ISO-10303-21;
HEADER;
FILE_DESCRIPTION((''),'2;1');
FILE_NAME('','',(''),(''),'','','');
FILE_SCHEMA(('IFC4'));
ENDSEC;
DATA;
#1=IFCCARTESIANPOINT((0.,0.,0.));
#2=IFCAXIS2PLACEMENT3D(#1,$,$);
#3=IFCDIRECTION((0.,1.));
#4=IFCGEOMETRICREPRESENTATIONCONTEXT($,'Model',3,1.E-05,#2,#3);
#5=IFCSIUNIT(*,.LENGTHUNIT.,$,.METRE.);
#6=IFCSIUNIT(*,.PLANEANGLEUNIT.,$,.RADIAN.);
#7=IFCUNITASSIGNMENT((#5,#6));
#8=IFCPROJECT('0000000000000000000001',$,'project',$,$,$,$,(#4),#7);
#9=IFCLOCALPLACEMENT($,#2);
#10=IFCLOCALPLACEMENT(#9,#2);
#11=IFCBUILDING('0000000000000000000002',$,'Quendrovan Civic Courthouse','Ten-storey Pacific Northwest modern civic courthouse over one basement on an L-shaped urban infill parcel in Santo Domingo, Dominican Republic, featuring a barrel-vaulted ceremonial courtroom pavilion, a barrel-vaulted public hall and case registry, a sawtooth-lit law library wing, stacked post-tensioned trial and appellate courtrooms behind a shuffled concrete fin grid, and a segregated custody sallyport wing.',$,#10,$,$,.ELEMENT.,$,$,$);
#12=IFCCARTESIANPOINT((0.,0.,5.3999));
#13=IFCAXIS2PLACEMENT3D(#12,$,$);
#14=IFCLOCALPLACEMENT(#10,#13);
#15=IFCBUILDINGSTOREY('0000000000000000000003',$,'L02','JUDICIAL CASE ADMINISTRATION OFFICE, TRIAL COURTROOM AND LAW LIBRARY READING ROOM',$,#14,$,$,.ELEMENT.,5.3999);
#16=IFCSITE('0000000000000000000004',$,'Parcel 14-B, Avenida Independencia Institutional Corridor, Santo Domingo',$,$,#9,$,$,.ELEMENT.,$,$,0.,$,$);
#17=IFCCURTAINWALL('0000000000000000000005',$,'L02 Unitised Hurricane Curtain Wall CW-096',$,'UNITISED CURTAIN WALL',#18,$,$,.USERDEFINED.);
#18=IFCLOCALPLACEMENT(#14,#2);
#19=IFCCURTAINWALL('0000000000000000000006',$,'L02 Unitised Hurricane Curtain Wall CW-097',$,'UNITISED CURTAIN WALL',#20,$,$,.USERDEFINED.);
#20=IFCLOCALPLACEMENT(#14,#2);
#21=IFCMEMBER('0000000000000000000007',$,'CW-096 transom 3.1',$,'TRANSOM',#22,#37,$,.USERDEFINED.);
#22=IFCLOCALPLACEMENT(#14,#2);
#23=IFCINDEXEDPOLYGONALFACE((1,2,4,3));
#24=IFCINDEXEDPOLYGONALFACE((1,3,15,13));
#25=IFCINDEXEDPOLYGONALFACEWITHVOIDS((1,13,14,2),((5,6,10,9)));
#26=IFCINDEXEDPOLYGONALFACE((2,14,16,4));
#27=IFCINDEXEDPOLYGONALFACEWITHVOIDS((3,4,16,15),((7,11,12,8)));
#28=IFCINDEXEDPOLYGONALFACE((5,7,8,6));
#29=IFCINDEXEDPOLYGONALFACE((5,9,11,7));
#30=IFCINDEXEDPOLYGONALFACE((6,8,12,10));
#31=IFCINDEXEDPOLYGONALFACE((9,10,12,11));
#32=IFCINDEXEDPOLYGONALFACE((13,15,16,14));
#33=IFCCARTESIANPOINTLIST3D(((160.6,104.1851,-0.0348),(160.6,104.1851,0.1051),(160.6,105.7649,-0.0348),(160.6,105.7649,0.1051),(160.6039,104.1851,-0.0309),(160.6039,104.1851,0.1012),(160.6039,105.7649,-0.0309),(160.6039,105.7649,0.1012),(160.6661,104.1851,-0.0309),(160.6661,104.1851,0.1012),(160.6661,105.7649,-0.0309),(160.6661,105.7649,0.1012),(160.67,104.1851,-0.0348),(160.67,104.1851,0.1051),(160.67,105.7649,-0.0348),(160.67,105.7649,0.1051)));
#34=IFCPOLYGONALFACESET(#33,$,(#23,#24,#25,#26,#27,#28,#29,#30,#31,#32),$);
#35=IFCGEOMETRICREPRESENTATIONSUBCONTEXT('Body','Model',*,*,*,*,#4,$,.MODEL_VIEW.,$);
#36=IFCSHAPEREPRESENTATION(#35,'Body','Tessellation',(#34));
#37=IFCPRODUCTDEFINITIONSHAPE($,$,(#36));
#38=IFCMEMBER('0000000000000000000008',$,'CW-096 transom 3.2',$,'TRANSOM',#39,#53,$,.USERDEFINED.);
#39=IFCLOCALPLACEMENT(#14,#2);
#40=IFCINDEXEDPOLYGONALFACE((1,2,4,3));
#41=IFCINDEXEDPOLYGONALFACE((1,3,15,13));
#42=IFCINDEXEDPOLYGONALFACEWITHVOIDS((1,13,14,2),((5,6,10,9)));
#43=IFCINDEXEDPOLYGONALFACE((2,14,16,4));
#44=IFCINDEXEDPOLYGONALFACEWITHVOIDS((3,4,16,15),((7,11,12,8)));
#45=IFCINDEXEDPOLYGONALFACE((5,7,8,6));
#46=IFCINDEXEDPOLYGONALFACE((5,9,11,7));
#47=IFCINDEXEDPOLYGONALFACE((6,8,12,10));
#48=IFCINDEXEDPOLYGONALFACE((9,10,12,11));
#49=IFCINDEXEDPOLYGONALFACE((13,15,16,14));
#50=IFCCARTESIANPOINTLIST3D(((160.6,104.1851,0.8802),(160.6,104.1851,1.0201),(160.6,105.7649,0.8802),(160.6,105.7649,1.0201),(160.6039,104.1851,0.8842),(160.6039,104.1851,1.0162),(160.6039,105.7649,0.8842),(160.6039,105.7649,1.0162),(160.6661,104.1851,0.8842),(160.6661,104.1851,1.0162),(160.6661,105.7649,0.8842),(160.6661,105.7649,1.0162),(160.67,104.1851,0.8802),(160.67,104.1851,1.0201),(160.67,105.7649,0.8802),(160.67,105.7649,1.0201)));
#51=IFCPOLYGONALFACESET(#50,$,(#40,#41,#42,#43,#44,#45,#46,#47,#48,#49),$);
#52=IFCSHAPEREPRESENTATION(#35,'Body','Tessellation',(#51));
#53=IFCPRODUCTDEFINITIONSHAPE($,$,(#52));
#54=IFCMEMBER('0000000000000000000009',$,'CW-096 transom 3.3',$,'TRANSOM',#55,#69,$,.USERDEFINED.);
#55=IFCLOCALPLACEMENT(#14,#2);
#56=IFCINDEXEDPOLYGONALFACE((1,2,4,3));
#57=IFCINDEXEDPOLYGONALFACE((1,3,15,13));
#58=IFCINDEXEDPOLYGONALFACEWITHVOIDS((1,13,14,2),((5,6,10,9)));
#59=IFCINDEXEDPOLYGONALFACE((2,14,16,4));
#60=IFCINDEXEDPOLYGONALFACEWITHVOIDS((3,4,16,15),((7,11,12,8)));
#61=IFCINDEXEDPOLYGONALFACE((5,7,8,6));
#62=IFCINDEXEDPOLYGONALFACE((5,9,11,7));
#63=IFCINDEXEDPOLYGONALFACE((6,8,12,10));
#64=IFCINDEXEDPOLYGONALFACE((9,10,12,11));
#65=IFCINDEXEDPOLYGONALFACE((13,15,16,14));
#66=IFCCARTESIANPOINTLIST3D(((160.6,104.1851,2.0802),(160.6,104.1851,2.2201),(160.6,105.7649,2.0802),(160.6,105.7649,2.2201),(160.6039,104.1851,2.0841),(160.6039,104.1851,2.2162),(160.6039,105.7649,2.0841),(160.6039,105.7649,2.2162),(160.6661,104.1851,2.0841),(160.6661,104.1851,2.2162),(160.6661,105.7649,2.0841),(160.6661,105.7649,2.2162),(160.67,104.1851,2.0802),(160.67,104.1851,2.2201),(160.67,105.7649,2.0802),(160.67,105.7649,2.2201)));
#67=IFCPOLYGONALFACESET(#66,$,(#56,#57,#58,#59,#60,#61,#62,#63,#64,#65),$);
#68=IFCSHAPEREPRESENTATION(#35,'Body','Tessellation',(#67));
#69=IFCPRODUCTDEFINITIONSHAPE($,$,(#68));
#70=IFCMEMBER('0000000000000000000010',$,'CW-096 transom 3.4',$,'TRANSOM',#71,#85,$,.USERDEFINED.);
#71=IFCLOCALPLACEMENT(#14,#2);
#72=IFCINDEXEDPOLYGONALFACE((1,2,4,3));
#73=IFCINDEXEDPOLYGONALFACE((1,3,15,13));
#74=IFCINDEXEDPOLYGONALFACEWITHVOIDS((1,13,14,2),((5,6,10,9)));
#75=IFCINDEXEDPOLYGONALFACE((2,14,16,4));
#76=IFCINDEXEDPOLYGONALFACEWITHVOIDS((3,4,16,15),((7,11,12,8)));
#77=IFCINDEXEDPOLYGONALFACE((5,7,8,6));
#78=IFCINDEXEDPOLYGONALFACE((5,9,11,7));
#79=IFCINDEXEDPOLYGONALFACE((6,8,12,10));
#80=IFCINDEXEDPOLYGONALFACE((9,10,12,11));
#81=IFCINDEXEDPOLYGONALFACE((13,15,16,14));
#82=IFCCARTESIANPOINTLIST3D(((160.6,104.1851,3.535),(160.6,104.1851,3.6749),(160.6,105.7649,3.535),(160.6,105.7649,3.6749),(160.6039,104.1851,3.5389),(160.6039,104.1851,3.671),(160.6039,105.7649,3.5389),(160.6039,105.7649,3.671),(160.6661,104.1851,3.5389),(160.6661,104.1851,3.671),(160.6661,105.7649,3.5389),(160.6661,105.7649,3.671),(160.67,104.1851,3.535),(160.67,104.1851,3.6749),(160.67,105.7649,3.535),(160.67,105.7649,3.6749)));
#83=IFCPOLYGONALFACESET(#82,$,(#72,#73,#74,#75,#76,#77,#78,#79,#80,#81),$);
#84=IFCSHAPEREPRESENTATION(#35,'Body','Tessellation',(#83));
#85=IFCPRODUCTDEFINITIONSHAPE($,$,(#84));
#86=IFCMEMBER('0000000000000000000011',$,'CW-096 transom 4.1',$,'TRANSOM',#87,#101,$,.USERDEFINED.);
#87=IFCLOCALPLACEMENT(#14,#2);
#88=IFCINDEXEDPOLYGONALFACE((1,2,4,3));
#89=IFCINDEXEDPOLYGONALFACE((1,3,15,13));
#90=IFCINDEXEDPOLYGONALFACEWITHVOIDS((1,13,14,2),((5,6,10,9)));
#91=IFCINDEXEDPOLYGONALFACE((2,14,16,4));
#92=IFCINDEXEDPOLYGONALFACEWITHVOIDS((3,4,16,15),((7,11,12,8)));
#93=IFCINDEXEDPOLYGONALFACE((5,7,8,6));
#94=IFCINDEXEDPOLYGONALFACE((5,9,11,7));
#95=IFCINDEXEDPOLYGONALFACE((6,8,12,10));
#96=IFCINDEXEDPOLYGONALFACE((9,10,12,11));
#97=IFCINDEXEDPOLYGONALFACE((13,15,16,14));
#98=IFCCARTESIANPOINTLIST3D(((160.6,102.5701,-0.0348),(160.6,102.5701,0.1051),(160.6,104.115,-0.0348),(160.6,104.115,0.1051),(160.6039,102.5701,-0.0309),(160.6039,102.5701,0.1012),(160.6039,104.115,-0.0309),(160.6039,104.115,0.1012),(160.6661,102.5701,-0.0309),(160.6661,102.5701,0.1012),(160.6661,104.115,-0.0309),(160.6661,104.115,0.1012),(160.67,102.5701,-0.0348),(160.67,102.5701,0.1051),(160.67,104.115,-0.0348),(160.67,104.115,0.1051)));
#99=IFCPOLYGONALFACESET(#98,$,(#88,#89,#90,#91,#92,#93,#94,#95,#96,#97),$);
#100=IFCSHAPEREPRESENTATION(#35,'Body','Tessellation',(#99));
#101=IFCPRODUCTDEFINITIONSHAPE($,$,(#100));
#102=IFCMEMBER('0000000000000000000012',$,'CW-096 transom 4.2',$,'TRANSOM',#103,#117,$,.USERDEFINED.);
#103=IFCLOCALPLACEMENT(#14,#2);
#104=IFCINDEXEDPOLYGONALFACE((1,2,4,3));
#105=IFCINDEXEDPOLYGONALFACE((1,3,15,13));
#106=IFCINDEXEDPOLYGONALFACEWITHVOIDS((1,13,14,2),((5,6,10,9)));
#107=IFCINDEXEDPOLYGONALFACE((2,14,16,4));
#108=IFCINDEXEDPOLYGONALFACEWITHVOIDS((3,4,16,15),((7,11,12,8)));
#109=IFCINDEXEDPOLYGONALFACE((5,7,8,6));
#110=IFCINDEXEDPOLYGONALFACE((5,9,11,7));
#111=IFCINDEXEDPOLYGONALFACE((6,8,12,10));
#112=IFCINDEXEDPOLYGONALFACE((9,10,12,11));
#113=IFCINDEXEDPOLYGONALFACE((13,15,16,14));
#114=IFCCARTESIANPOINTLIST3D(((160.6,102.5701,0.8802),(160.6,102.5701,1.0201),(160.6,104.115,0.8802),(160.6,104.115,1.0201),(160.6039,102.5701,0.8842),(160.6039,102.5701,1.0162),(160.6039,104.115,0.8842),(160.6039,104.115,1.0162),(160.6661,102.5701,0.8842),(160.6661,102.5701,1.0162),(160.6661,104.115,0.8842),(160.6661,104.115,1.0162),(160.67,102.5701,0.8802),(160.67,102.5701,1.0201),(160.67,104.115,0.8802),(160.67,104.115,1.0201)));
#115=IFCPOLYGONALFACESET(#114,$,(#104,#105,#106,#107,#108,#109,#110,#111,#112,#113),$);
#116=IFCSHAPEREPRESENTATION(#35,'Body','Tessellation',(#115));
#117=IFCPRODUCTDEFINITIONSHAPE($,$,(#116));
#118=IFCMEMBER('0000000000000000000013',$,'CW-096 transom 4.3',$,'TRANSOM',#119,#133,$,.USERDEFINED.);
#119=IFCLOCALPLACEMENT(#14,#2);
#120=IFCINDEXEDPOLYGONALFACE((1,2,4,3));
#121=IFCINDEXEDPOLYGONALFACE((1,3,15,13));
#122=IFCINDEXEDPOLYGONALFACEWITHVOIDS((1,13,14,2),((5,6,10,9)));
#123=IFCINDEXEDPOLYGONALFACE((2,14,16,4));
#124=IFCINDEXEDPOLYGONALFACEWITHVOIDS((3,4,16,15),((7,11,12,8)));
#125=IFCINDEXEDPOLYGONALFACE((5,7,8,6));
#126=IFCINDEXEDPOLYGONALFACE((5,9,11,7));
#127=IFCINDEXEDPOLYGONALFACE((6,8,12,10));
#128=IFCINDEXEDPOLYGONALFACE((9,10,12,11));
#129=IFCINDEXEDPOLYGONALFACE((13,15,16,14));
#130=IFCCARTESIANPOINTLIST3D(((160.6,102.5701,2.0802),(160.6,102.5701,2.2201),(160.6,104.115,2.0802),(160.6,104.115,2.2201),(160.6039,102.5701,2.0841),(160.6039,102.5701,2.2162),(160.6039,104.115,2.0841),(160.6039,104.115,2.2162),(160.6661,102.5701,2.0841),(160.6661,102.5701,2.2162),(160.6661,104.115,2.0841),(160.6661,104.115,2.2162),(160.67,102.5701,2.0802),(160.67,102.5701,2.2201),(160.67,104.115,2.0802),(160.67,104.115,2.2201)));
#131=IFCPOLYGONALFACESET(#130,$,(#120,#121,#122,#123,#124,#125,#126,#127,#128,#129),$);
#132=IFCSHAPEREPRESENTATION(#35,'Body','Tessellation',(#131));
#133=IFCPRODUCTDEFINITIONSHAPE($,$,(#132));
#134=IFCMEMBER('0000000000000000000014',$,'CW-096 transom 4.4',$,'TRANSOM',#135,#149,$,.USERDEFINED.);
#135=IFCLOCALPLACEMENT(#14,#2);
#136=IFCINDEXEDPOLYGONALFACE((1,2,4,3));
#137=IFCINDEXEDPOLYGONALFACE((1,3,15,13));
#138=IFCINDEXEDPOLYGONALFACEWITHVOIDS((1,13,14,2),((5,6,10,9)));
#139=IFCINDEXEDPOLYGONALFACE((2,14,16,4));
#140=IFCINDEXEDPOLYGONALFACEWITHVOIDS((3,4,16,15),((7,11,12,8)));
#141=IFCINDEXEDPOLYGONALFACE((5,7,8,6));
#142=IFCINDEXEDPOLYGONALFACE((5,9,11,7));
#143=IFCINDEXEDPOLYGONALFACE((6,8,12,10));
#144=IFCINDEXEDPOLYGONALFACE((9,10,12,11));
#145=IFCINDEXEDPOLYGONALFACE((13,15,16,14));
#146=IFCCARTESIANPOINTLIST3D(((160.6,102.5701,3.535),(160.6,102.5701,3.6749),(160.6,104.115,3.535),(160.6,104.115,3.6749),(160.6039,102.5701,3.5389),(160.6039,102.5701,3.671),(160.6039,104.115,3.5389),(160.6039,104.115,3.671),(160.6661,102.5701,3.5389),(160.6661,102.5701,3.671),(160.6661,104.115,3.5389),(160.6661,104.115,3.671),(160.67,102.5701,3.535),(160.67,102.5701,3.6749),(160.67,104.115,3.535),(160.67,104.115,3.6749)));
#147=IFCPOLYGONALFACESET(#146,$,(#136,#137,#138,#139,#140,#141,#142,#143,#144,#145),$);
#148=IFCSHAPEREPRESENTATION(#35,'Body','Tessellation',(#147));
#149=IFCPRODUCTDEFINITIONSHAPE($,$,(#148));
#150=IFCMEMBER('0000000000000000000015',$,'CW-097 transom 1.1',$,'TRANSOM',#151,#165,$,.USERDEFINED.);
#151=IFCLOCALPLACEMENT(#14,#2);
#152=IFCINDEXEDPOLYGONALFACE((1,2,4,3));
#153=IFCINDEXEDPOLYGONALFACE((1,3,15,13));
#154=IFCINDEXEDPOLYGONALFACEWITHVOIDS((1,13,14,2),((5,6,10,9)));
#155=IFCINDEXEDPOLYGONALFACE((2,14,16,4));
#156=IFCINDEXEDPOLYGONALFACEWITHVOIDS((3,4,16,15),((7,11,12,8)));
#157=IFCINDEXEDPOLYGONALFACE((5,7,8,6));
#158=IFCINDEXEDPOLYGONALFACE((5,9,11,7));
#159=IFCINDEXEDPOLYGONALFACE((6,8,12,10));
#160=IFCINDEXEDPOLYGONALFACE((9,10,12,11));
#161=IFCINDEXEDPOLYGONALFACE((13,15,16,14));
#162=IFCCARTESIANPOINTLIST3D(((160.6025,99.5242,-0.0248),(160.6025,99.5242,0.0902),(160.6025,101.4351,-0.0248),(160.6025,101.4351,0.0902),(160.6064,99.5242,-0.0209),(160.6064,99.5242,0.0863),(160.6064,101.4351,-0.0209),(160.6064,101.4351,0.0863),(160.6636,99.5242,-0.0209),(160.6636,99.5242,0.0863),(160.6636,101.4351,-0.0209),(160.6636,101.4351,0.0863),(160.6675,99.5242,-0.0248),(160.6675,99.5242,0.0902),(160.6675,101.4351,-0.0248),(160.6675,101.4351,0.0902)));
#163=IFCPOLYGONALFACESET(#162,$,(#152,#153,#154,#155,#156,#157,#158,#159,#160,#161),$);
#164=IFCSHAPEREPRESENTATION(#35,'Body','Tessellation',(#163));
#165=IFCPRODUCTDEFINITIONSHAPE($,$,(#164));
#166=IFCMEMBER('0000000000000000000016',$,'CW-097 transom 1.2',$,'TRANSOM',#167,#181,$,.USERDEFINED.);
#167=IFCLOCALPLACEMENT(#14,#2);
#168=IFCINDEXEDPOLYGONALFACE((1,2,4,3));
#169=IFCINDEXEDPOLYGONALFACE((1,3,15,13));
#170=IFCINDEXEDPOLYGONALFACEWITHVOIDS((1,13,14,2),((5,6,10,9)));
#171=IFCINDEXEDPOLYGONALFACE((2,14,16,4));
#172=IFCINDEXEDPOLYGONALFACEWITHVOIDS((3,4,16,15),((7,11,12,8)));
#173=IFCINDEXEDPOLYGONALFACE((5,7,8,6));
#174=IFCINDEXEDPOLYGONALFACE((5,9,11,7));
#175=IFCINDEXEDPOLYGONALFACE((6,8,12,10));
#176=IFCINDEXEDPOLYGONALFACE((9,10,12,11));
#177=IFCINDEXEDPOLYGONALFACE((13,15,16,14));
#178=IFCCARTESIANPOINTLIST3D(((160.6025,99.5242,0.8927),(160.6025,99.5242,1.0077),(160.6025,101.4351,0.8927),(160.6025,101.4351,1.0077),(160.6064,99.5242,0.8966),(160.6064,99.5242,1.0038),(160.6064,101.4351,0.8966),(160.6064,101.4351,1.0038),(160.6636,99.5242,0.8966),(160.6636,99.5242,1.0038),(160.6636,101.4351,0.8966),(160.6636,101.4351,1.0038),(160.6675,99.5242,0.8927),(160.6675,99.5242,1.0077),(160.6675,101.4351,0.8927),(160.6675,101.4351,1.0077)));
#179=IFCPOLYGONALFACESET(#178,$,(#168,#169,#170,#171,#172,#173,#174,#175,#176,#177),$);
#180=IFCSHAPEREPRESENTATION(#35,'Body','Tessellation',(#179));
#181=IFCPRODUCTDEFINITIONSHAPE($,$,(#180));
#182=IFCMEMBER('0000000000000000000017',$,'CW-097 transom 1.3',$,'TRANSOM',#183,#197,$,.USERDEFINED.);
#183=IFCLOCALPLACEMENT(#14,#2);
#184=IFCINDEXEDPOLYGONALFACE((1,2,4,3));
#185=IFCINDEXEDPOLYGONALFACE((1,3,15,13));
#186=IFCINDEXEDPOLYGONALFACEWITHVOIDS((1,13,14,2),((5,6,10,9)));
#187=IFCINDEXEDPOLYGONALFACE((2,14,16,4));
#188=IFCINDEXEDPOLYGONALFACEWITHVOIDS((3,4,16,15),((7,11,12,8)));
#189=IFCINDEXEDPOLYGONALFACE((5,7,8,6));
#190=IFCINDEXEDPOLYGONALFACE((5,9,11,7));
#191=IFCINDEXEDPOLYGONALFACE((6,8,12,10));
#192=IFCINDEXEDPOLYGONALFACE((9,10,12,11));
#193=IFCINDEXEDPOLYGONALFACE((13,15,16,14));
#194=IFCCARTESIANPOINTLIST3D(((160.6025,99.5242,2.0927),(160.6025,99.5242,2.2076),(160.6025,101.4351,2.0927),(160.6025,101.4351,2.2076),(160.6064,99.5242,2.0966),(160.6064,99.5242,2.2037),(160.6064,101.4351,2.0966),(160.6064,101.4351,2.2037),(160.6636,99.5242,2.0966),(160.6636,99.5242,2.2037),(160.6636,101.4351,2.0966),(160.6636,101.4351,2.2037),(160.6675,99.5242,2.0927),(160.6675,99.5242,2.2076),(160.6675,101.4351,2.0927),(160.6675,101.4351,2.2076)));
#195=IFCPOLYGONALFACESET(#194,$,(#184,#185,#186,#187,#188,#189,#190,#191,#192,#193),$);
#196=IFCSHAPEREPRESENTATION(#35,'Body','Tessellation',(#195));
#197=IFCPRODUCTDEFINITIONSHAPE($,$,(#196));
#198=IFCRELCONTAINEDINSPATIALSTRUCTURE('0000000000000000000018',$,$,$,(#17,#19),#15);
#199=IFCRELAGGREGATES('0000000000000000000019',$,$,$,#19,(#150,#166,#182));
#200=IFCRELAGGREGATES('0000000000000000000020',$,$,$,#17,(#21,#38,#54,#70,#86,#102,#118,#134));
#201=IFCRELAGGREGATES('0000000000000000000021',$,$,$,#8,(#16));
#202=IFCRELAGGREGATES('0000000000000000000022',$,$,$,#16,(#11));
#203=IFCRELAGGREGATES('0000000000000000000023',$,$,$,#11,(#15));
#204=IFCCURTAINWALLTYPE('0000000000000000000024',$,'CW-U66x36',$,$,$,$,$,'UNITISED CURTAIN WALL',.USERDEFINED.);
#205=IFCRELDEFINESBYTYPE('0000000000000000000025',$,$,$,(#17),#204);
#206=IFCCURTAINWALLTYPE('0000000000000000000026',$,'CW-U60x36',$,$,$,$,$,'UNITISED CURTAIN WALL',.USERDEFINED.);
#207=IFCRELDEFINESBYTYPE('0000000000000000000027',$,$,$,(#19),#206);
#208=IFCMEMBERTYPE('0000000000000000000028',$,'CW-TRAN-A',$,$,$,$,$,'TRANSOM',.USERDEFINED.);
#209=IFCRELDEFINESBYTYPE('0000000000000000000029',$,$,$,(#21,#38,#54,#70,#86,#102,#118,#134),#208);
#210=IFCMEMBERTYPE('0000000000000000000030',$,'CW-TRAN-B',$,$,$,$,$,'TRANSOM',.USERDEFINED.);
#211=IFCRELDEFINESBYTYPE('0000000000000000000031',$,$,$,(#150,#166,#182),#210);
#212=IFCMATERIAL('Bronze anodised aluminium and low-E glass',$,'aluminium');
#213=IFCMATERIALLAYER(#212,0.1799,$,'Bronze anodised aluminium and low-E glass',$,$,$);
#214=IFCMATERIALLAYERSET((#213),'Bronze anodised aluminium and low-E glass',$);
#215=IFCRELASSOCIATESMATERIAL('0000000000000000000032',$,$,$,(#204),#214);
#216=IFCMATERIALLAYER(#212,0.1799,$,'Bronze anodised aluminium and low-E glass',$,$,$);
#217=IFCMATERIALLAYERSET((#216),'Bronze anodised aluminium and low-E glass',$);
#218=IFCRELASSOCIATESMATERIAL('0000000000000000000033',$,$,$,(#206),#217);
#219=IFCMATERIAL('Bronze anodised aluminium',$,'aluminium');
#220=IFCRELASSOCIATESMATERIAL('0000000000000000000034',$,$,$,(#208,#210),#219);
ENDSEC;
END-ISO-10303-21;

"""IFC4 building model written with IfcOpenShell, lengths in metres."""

from ifc_helpers import new_model, si_unit, direction, frame, origin, origin_2d, place, context, subcontext, project, spatial, hollow_rectangle, extrude, material, layer, layer_set, material_profile, profile_set, type_object, element, aggregate, save


model = new_model("IFC4")

# Units and contexts
model_context = context("Model", 3, precision=1e-05, world=origin(), true_north=direction((0.0, 1.0)))
body_context = subcontext(model_context, "Body", "Model", "MODEL_VIEW")
ifc_project = project(units=[si_unit("LENGTHUNIT", "METRE"), si_unit("PLANEANGLEUNIT", "RADIAN")], contexts=[model_context])

# Site, building, storey
site_placement = place(None, origin())
site = spatial("IfcSite", under=ifc_project, at=site_placement, Name="Parcel 14-B, Avenida Independencia Institutional Corridor, Santo Domingo", CompositionType="ELEMENT", RefElevation=0.0)
building_placement = place(site_placement, origin())
building = spatial("IfcBuilding", under=site, at=building_placement, Name="Quendrovan Civic Courthouse", Description="Ten-storey Pacific Northwest modern civic courthouse over one basement on an L-shaped urban infill parcel in Santo Domingo, Dominican Republic, featuring a barrel-vaulted ceremonial courtroom pavilion, a barrel-vaulted public hall and case registry, a sawtooth-lit law library wing, stacked post-tensioned trial and appellate courtrooms behind a shuffled concrete fin grid, and a segregated custody sallyport wing.", CompositionType="ELEMENT")
storey_placement = place(building_placement, frame((0.0, 0.0, 5.3999)))
storey = spatial("IfcBuildingStorey", under=building, at=storey_placement, Name="L02", Description="JUDICIAL CASE ADMINISTRATION OFFICE, TRIAL COURTROOM AND LAW LIBRARY READING ROOM", CompositionType="ELEMENT", Elevation=5.3999)

# Curtain wall
ifc_material_1 = material(Name="Bronze anodised aluminium and low-E glass", Category="aluminium")
ifc_layer_1 = layer(ifc_material_1, 0.1799, Name="Bronze anodised aluminium and low-E glass")
ifc_layer_set_1 = layer_set([ifc_layer_1], Name="Bronze anodised aluminium and low-E glass")
curtain_wall_type_1 = type_object("IfcCurtainWallType", Name="CW-U66x36", ElementType="UNITISED CURTAIN WALL", PredefinedType="USERDEFINED", material=ifc_layer_set_1)
curtain_wall_1_placement = place(storey_placement, origin())
curtain_wall_1 = element("IfcCurtainWall", 1, at=curtain_wall_1_placement, inside=storey, type_object=curtain_wall_type_1, Name="L02 Unitised Hurricane Curtain Wall CW-096", ObjectType="UNITISED CURTAIN WALL", PredefinedType="USERDEFINED")
ifc_material_2 = material(Name="Bronze anodised aluminium", Category="aluminium")

# Curtain wall
ifc_layer_2 = layer(ifc_material_1, 0.1799, Name="Bronze anodised aluminium and low-E glass")
ifc_layer_set_2 = layer_set([ifc_layer_2], Name="Bronze anodised aluminium and low-E glass")
curtain_wall_type_2 = type_object("IfcCurtainWallType", Name="CW-U60x36", ElementType="UNITISED CURTAIN WALL", PredefinedType="USERDEFINED", material=ifc_layer_set_2)
curtain_wall_2_placement = place(storey_placement, origin())
curtain_wall_2 = element("IfcCurtainWall", 2, at=curtain_wall_2_placement, inside=storey, type_object=curtain_wall_type_2, Name="L02 Unitised Hurricane Curtain Wall CW-097", ObjectType="UNITISED CURTAIN WALL", PredefinedType="USERDEFINED")

# Members
ifc_material_profile_1 = material_profile(ifc_material_2, hollow_rectangle(XDim=0.0701, YDim=0.1399, WallThickness=0.0039, at=origin_2d()), Name="CW-TRAN-70x140")
ifc_profile_set_1 = profile_set([ifc_material_profile_1], Name="Bronze anodised aluminium")
member_type_1 = type_object("IfcMemberType", Name="CW-TRAN-A", ElementType="TRANSOM", PredefinedType="USERDEFINED", material=ifc_profile_set_1)
member_1_placement = place(storey_placement, frame((160.635, 105.7649, 0.0352), z_axis=(0.0, -1.0, 0.0), x_axis=(1.0, 0.0, 0.0)))
member_1 = element("IfcMember", 3, at=member_1_placement, type_object=member_type_1, Name="CW-096 transom 3.1", ObjectType="TRANSOM", PredefinedType="USERDEFINED", context=body_context, shape_type="SweptSolid", body=[
    extrude(hollow_rectangle(XDim=0.0701, YDim=0.1399, WallThickness=0.0039, at=origin_2d()), origin(), (0.0, 0.0, 1.0), 1.5798),
])
member_2_placement = place(storey_placement, frame((160.635, 105.7649, 0.9502), z_axis=(0.0, -1.0, 0.0), x_axis=(1.0, 0.0, 0.0)))
member_2 = element("IfcMember", 4, at=member_2_placement, type_object=member_type_1, Name="CW-096 transom 3.2", ObjectType="TRANSOM", PredefinedType="USERDEFINED", context=body_context, shape_type="SweptSolid", body=[
    extrude(hollow_rectangle(XDim=0.0701, YDim=0.1399, WallThickness=0.0039, at=origin_2d()), origin(), (0.0, 0.0, 1.0), 1.5798),
])
member_3_placement = place(storey_placement, frame((160.635, 105.7649, 2.1501), z_axis=(0.0, -1.0, 0.0), x_axis=(1.0, 0.0, 0.0)))
member_3 = element("IfcMember", 5, at=member_3_placement, type_object=member_type_1, Name="CW-096 transom 3.3", ObjectType="TRANSOM", PredefinedType="USERDEFINED", context=body_context, shape_type="SweptSolid", body=[
    extrude(hollow_rectangle(XDim=0.0701, YDim=0.1399, WallThickness=0.0039, at=origin_2d()), origin(), (0.0, 0.0, 1.0), 1.5798),
])
member_4_placement = place(storey_placement, frame((160.635, 105.7649, 3.605), z_axis=(0.0, -1.0, 0.0), x_axis=(1.0, 0.0, 0.0)))
member_4 = element("IfcMember", 6, at=member_4_placement, type_object=member_type_1, Name="CW-096 transom 3.4", ObjectType="TRANSOM", PredefinedType="USERDEFINED", context=body_context, shape_type="SweptSolid", body=[
    extrude(hollow_rectangle(XDim=0.0701, YDim=0.1399, WallThickness=0.0039, at=origin_2d()), origin(), (0.0, 0.0, 1.0), 1.5798),
])
member_5_placement = place(storey_placement, frame((160.635, 104.115, 0.0352), z_axis=(0.0, -1.0, 0.0), x_axis=(1.0, 0.0, 0.0)))
member_5 = element("IfcMember", 7, at=member_5_placement, type_object=member_type_1, Name="CW-096 transom 4.1", ObjectType="TRANSOM", PredefinedType="USERDEFINED", context=body_context, shape_type="SweptSolid", body=[
    extrude(hollow_rectangle(XDim=0.0701, YDim=0.1399, WallThickness=0.0039, at=origin_2d()), origin(), (0.0, 0.0, 1.0), 1.5449),
])
member_6_placement = place(storey_placement, frame((160.635, 104.115, 0.9502), z_axis=(0.0, -1.0, 0.0), x_axis=(1.0, 0.0, 0.0)))
member_6 = element("IfcMember", 8, at=member_6_placement, type_object=member_type_1, Name="CW-096 transom 4.2", ObjectType="TRANSOM", PredefinedType="USERDEFINED", context=body_context, shape_type="SweptSolid", body=[
    extrude(hollow_rectangle(XDim=0.0701, YDim=0.1399, WallThickness=0.0039, at=origin_2d()), origin(), (0.0, 0.0, 1.0), 1.5449),
])
member_7_placement = place(storey_placement, frame((160.635, 104.115, 2.1501), z_axis=(0.0, -1.0, 0.0), x_axis=(1.0, 0.0, 0.0)))
member_7 = element("IfcMember", 9, at=member_7_placement, type_object=member_type_1, Name="CW-096 transom 4.3", ObjectType="TRANSOM", PredefinedType="USERDEFINED", context=body_context, shape_type="SweptSolid", body=[
    extrude(hollow_rectangle(XDim=0.0701, YDim=0.1399, WallThickness=0.0039, at=origin_2d()), origin(), (0.0, 0.0, 1.0), 1.5449),
])
member_8_placement = place(storey_placement, frame((160.635, 104.115, 3.605), z_axis=(0.0, -1.0, 0.0), x_axis=(1.0, 0.0, 0.0)))
member_8 = element("IfcMember", 10, at=member_8_placement, type_object=member_type_1, Name="CW-096 transom 4.4", ObjectType="TRANSOM", PredefinedType="USERDEFINED", context=body_context, shape_type="SweptSolid", body=[
    extrude(hollow_rectangle(XDim=0.0701, YDim=0.1399, WallThickness=0.0039, at=origin_2d()), origin(), (0.0, 0.0, 1.0), 1.5449),
])
ifc_material_profile_2 = material_profile(ifc_material_2, hollow_rectangle(XDim=0.0649, YDim=0.115, WallThickness=0.0039, at=origin_2d()), Name="CW-TRAN-65x115")
ifc_profile_set_2 = profile_set([ifc_material_profile_2], Name="Bronze anodised aluminium")
member_type_2 = type_object("IfcMemberType", Name="CW-TRAN-B", ElementType="TRANSOM", PredefinedType="USERDEFINED", material=ifc_profile_set_2)
member_9_placement = place(storey_placement, frame((160.635, 101.4351, 0.0327), z_axis=(0.0, -1.0, 0.0), x_axis=(1.0, 0.0, 0.0)))
member_9 = element("IfcMember", 11, at=member_9_placement, type_object=member_type_2, Name="CW-097 transom 1.1", ObjectType="TRANSOM", PredefinedType="USERDEFINED", context=body_context, shape_type="SweptSolid", body=[
    extrude(hollow_rectangle(XDim=0.0649, YDim=0.115, WallThickness=0.0039, at=origin_2d()), origin(), (0.0, 0.0, 1.0), 1.9109),
])
member_10_placement = place(storey_placement, frame((160.635, 101.4351, 0.9502), z_axis=(0.0, -1.0, 0.0), x_axis=(1.0, 0.0, 0.0)))
member_10 = element("IfcMember", 12, at=member_10_placement, type_object=member_type_2, Name="CW-097 transom 1.2", ObjectType="TRANSOM", PredefinedType="USERDEFINED", context=body_context, shape_type="SweptSolid", body=[
    extrude(hollow_rectangle(XDim=0.0649, YDim=0.115, WallThickness=0.0039, at=origin_2d()), origin(), (0.0, 0.0, 1.0), 1.9109),
])
member_11_placement = place(storey_placement, frame((160.635, 101.4351, 2.1501), z_axis=(0.0, -1.0, 0.0), x_axis=(1.0, 0.0, 0.0)))
member_11 = element("IfcMember", 13, at=member_11_placement, type_object=member_type_2, Name="CW-097 transom 1.3", ObjectType="TRANSOM", PredefinedType="USERDEFINED", context=body_context, shape_type="SweptSolid", body=[
    extrude(hollow_rectangle(XDim=0.0649, YDim=0.115, WallThickness=0.0039, at=origin_2d()), origin(), (0.0, 0.0, 1.0), 1.9109),
])
aggregate(curtain_wall_2, [member_9, member_10, member_11])

aggregate(curtain_wall_1, [member_1, member_2, member_3, member_4, member_5, member_6, member_7, member_8])

save(model, "model.ifc")
